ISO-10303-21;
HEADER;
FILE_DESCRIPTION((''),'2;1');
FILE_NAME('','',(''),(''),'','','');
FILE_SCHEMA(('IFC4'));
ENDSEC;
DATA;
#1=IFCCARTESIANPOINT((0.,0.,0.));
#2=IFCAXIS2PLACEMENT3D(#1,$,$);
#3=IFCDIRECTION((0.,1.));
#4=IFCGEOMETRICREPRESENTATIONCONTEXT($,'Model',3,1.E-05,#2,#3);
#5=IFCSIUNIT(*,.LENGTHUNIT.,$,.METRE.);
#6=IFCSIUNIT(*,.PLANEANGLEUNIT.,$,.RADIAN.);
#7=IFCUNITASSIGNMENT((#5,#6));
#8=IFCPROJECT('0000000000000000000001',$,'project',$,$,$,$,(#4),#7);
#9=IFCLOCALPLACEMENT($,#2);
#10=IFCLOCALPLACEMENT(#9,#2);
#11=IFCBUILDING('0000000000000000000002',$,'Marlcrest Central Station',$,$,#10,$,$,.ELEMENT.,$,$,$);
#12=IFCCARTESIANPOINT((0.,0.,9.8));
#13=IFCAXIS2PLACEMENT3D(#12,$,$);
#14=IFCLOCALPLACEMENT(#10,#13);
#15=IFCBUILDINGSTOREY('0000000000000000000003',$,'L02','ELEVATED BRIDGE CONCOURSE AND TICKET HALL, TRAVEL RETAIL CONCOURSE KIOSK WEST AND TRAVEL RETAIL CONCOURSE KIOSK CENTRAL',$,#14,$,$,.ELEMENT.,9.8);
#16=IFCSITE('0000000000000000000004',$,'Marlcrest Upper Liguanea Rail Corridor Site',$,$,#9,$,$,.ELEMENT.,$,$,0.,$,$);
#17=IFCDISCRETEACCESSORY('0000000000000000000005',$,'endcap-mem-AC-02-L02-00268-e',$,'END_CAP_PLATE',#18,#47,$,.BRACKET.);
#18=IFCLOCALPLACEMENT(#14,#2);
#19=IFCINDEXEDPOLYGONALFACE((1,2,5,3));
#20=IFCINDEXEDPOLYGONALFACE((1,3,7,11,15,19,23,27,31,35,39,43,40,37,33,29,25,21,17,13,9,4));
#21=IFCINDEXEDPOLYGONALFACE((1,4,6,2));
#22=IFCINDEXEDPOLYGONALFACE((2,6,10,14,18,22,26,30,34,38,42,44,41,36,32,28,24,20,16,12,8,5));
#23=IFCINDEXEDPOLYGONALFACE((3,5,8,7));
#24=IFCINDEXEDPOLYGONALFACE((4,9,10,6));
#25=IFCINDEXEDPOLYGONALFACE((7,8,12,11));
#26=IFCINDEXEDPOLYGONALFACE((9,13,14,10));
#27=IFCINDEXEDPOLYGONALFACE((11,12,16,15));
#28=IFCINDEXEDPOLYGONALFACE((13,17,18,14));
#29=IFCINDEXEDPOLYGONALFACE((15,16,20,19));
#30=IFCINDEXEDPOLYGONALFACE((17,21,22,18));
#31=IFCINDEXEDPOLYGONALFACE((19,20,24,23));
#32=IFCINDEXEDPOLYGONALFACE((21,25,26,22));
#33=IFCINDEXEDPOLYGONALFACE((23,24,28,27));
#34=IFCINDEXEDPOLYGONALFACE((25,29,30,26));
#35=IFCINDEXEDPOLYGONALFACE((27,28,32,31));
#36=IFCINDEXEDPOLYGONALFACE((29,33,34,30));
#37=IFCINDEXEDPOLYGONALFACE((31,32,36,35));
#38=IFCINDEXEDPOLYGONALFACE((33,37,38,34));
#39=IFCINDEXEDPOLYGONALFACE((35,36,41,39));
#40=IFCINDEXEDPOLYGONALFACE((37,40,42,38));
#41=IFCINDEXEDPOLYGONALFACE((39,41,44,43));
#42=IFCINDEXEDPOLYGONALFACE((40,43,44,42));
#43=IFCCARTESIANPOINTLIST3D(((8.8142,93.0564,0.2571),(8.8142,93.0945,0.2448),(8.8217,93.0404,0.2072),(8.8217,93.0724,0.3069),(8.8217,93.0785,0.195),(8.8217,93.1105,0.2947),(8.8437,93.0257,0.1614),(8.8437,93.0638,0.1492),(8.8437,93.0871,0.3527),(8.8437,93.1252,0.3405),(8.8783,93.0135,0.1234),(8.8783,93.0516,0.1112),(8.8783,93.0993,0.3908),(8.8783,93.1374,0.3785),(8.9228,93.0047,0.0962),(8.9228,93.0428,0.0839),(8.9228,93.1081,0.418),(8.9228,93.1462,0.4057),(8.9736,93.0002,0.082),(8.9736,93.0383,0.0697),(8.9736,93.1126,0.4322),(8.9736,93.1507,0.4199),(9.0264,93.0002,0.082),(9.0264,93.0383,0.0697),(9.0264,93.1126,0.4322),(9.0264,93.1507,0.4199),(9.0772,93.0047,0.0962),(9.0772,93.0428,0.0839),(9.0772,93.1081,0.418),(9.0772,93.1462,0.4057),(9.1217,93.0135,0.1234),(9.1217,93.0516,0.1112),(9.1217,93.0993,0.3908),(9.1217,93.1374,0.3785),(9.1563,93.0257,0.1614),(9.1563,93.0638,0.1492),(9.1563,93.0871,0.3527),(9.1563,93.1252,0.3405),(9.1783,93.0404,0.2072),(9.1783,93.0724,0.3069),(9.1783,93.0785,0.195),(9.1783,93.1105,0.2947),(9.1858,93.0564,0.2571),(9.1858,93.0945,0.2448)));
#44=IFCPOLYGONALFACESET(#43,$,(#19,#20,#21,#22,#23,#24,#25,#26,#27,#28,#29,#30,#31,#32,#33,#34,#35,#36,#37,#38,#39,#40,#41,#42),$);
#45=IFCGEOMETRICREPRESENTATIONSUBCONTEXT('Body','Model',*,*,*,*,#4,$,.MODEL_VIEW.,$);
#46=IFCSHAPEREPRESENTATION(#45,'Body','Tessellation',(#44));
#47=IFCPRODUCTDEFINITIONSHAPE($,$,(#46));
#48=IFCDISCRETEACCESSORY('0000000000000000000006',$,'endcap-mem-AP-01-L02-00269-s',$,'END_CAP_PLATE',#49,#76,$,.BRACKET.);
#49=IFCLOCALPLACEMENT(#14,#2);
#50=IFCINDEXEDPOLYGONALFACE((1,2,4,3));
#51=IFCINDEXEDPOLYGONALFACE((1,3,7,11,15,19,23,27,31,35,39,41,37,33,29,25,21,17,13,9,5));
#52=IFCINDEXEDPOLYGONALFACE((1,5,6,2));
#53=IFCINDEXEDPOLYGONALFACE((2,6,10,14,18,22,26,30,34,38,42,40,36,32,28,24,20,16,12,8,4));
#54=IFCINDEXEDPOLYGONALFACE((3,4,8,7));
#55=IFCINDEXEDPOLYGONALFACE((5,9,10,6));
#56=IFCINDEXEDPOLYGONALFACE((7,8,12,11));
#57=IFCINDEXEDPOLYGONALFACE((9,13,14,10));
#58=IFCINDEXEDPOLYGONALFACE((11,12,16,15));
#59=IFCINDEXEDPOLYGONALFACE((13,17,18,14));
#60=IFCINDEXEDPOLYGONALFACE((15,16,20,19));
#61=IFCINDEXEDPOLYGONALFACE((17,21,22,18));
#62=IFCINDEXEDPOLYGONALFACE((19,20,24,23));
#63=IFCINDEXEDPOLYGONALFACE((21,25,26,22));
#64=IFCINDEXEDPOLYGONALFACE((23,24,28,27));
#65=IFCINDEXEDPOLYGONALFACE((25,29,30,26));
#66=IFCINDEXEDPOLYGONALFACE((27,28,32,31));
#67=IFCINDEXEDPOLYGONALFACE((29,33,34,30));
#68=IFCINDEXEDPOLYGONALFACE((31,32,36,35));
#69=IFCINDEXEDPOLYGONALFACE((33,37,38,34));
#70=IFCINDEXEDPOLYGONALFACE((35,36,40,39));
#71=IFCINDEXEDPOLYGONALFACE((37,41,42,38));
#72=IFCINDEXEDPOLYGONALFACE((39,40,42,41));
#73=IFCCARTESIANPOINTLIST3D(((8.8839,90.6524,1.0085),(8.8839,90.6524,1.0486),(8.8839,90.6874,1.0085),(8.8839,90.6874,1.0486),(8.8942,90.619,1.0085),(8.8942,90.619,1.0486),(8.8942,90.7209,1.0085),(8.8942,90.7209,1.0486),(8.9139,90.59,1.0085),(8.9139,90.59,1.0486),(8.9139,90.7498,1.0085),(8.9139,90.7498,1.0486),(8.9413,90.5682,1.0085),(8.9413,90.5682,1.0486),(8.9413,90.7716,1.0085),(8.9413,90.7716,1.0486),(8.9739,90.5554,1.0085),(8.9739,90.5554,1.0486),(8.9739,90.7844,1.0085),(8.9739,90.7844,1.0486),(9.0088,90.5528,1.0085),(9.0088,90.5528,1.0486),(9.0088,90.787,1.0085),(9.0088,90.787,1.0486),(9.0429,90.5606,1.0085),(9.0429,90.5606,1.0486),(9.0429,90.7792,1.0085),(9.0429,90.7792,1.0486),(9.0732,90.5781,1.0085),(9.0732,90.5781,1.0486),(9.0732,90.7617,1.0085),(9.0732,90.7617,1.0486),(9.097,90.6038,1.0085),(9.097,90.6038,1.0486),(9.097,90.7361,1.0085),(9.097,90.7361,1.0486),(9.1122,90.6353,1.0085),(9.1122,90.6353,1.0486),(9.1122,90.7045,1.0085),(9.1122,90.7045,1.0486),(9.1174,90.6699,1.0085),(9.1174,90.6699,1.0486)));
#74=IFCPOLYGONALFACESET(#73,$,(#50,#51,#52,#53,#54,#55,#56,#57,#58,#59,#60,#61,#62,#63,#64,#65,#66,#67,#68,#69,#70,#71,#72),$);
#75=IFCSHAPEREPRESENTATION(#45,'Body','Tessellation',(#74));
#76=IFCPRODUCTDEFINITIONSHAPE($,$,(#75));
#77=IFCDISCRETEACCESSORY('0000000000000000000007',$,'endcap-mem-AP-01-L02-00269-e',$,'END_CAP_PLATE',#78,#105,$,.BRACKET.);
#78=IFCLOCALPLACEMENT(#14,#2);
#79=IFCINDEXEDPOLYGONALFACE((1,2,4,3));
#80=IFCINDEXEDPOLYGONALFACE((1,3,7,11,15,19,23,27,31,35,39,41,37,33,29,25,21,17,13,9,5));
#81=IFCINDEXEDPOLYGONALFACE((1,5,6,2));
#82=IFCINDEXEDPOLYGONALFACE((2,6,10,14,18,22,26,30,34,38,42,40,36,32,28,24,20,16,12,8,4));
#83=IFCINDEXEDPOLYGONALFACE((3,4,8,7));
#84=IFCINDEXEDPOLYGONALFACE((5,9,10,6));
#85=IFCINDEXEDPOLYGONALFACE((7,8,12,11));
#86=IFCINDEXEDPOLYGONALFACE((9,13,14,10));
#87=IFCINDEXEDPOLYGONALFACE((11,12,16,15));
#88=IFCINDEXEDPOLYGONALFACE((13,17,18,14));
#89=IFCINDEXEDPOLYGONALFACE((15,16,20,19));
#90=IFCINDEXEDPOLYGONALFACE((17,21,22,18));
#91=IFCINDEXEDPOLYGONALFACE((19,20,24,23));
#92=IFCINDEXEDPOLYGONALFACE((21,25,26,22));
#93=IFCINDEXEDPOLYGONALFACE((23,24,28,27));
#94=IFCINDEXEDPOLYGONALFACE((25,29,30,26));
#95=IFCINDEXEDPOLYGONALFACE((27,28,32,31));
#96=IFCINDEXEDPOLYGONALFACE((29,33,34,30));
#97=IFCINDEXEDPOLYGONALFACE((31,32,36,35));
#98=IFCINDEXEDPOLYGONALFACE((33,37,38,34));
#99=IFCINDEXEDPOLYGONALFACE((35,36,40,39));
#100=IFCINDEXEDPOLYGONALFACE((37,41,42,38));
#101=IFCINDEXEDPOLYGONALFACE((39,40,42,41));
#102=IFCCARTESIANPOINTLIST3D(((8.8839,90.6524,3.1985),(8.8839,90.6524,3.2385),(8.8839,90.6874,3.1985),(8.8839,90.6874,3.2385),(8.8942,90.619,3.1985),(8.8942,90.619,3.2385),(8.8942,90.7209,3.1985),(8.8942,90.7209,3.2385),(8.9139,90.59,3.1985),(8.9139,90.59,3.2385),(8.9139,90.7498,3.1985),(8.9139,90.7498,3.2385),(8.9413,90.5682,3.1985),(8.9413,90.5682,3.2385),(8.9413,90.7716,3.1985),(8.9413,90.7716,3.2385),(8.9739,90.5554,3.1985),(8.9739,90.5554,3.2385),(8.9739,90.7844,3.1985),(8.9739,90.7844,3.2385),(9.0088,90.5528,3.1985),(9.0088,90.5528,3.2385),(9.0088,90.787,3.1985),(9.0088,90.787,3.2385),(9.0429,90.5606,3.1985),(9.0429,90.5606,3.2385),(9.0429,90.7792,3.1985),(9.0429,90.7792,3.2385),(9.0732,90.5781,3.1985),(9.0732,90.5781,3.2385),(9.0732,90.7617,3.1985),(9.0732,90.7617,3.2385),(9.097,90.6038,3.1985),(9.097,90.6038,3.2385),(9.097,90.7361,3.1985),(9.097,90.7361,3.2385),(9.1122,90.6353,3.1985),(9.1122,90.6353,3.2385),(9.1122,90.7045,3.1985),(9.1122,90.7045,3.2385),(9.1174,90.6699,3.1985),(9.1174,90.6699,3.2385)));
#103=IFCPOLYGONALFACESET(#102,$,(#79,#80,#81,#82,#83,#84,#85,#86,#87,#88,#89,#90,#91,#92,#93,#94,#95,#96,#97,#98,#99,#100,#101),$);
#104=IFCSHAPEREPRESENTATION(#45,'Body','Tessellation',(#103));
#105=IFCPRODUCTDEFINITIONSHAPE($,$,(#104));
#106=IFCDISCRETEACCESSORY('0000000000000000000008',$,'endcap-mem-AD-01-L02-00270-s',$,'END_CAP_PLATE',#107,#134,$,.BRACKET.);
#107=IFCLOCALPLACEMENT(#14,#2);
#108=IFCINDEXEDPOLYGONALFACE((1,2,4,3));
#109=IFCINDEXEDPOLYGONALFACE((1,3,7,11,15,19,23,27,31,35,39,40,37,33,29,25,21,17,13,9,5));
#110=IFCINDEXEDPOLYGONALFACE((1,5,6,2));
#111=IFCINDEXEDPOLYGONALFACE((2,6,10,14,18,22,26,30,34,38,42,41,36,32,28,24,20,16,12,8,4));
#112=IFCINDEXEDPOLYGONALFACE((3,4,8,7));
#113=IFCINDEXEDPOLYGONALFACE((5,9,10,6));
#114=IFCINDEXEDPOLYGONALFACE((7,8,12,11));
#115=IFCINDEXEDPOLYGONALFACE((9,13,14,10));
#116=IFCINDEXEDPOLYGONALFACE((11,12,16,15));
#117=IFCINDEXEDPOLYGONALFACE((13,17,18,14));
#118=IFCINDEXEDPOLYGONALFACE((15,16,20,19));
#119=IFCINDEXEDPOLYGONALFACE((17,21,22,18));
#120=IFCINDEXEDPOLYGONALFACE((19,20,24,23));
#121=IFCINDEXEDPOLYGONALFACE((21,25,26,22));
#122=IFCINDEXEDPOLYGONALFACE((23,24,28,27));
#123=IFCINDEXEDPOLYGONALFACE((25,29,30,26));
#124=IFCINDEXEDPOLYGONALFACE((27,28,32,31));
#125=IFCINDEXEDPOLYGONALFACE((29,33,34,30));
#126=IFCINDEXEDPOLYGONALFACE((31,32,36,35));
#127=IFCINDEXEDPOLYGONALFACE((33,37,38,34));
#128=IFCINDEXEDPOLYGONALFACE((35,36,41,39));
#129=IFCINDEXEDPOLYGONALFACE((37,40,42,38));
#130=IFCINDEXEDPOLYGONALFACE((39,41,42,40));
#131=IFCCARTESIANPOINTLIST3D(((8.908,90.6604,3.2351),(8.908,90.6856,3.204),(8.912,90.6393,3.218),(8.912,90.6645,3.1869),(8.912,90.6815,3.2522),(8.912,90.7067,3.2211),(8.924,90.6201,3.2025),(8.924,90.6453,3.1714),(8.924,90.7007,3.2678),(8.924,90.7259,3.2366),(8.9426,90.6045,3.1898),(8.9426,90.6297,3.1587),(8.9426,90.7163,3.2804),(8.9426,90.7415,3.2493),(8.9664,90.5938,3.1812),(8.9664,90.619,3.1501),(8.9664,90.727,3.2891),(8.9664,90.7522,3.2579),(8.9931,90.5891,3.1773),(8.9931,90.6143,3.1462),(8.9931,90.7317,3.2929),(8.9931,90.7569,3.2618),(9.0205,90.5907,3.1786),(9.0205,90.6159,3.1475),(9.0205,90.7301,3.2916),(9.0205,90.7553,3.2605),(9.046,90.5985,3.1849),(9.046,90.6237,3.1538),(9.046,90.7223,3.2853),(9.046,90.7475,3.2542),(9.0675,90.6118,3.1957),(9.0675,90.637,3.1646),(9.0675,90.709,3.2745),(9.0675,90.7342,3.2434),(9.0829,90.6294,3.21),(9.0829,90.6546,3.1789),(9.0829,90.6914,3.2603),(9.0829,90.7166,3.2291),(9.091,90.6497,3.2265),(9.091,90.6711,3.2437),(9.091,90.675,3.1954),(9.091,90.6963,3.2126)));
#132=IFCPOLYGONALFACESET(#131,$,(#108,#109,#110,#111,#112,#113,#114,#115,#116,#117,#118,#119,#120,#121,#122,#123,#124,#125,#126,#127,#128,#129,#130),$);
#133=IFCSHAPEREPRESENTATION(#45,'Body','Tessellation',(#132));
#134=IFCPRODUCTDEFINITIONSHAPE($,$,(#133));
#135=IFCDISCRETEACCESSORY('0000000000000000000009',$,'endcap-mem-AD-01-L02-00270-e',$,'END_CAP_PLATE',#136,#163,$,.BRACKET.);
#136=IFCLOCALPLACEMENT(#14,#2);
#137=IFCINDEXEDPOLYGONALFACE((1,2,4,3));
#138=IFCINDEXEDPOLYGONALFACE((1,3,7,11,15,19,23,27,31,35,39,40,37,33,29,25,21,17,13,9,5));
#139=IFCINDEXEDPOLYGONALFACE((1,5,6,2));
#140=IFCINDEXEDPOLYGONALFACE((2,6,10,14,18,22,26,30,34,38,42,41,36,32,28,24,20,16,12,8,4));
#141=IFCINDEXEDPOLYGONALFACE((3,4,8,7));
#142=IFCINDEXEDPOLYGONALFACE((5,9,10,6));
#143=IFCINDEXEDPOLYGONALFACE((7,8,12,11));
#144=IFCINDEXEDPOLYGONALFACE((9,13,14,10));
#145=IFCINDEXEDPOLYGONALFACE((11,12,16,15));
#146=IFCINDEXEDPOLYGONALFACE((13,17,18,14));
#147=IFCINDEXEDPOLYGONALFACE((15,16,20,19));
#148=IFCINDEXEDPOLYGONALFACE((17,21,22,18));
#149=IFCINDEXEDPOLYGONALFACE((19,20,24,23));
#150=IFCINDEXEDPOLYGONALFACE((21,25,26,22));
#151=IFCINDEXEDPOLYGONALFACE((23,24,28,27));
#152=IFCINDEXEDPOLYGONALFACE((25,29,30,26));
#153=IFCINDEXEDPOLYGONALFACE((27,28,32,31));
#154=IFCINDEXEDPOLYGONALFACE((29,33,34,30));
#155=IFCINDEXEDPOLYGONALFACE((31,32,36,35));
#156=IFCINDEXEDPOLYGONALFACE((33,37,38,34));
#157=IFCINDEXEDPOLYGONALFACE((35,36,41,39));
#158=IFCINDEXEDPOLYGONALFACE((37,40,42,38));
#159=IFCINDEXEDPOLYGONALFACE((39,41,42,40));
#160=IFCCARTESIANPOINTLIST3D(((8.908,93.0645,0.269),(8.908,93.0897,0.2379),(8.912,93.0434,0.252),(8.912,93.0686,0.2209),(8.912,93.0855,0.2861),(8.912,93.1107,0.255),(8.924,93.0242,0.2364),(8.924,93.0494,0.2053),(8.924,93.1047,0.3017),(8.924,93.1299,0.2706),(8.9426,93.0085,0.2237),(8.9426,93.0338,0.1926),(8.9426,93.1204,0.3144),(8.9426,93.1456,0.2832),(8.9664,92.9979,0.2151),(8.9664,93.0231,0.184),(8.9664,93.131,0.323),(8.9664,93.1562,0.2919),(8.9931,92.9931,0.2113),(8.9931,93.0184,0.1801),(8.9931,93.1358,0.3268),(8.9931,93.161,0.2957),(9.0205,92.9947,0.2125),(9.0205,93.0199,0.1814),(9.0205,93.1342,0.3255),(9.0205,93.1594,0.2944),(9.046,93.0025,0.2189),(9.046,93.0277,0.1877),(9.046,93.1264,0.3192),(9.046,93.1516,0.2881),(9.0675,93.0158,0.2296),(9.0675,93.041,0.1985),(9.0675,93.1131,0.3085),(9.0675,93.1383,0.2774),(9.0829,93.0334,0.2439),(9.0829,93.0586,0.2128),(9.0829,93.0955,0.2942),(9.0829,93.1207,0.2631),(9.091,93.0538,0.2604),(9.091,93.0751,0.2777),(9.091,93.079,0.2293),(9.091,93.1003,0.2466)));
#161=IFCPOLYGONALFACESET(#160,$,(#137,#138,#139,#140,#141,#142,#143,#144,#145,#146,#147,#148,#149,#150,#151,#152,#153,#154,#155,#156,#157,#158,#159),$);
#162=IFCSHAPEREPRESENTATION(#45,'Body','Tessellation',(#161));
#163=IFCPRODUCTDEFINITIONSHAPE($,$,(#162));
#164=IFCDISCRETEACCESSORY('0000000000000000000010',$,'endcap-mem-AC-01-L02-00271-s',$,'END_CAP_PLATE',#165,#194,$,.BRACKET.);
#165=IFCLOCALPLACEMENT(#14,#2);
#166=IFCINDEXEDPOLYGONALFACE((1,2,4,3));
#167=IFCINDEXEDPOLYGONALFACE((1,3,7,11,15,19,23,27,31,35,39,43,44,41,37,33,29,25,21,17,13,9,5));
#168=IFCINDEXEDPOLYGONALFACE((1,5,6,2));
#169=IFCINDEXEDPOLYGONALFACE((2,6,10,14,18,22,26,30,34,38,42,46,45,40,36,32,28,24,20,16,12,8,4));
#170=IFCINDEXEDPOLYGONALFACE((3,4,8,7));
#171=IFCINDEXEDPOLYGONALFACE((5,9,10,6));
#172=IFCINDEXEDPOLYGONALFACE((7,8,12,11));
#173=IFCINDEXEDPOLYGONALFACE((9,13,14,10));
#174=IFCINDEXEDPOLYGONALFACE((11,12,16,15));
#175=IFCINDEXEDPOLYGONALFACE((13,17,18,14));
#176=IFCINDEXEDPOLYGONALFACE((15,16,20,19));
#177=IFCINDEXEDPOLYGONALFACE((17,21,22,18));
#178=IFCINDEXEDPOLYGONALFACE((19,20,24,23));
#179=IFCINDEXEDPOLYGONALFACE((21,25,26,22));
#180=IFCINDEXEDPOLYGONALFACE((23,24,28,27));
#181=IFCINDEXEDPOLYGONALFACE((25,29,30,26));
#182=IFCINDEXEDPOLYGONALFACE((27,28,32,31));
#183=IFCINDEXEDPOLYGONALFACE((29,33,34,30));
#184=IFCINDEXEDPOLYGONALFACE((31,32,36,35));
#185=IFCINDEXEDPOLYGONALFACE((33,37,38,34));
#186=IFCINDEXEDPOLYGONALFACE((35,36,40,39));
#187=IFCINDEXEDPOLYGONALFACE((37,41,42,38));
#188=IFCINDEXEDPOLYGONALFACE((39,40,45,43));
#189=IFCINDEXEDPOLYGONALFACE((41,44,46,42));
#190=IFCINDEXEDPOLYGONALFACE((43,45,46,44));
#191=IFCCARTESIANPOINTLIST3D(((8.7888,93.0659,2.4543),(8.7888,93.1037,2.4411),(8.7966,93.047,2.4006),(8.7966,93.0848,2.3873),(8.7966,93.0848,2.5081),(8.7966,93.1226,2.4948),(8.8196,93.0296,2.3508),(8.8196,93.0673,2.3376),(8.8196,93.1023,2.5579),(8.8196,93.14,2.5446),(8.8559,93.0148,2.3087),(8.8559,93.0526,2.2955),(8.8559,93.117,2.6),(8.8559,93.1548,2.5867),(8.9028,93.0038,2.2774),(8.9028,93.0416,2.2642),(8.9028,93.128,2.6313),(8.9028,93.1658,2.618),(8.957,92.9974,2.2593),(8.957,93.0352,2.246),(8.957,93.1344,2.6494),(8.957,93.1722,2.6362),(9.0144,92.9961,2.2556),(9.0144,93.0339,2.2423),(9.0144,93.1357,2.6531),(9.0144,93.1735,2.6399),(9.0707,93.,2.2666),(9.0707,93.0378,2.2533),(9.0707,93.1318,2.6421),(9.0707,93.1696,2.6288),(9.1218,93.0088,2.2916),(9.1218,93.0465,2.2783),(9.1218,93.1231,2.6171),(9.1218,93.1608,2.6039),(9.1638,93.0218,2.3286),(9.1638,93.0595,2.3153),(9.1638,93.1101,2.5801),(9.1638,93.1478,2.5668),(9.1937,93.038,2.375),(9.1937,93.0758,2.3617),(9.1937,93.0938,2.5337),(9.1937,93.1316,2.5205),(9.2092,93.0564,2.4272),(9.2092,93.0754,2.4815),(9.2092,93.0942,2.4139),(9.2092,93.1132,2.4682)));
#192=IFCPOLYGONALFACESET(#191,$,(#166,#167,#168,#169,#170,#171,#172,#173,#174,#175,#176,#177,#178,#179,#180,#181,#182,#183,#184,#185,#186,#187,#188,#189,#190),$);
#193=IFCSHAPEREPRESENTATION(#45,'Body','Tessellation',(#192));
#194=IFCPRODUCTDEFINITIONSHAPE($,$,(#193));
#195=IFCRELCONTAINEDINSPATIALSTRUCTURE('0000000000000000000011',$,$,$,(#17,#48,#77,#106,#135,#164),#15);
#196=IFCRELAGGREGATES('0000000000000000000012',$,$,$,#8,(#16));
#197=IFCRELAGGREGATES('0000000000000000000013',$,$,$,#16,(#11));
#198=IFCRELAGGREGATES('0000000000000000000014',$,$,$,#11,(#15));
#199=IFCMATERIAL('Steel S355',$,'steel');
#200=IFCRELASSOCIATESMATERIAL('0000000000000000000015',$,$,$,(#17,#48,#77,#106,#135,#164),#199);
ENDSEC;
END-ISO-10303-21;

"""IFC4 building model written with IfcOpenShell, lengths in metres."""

from ifc_helpers import new_model, si_unit, direction, frame, origin, origin_2d, place, context, subcontext, project, spatial, circle, extrude, material, element, save


model = new_model("IFC4")

# Units and contexts
model_context = context("Model", 3, precision=1e-05, world=origin(), true_north=direction((0.0, 1.0)))
body_context = subcontext(model_context, "Body", "Model", "MODEL_VIEW")
ifc_project = project(units=[si_unit("LENGTHUNIT", "METRE"), si_unit("PLANEANGLEUNIT", "RADIAN")], contexts=[model_context])

# Site, building, storey
site_placement = place(None, origin())
site = spatial("IfcSite", under=ifc_project, at=site_placement, Name="Marlcrest Upper Liguanea Rail Corridor Site", CompositionType="ELEMENT", RefElevation=0.0)
building_placement = place(site_placement, origin())
building = spatial("IfcBuilding", under=site, at=building_placement, Name="Marlcrest Central Station", CompositionType="ELEMENT")
storey_placement = place(building_placement, frame((0.0, 0.0, 9.8)))
storey = spatial("IfcBuildingStorey", under=building, at=storey_placement, Name="L02", Description="ELEVATED BRIDGE CONCOURSE AND TICKET HALL, TRAVEL RETAIL CONCOURSE KIOSK WEST AND TRAVEL RETAIL CONCOURSE KIOSK CENTRAL", CompositionType="ELEMENT", Elevation=9.8)

# Shared definitions
ifc_material_1 = material(Name="Steel S355", Category="steel")

# Discrete accessories
for number, where, z_axis, x_axis, name in (
    (1, (9.0, 93.0564, 0.2571), (0.0, 0.952117, -0.305734), (-1.0, 0.0, 0.0), "endcap-mem-AC-02-L02-00268-e"),
):
    element("IfcDiscreteAccessory", number, at=place(storey_placement, frame(where, z_axis=z_axis, x_axis=x_axis)), inside=storey, material=ifc_material_1, Name=name, ObjectType="END_CAP_PLATE", PredefinedType="BRACKET", context=body_context, shape_type="SweptSolid", body=[
        extrude(circle(Radius=0.1858, at=origin_2d()), origin(), (0.0, 0.0, 1.0), 0.04),
    ])
for number, where, z_axis, x_axis, name in (
    (2, (9.0, 90.6699, 1.0085), (0.0, 0.0, 1.0), (1.0, 0.0, 0.0), "endcap-mem-AP-01-L02-00269-s"),
    (3, (9.0, 90.6699, 3.1985), (0.0, 0.0, 1.0), (1.0, 0.0, 0.0), "endcap-mem-AP-01-L02-00269-e"),
):
    element("IfcDiscreteAccessory", number, at=place(storey_placement, frame(where, z_axis=z_axis, x_axis=x_axis)), inside=storey, material=ifc_material_1, Name=name, ObjectType="END_CAP_PLATE", PredefinedType="BRACKET", context=body_context, shape_type="SweptSolid", body=[
        extrude(circle(Radius=0.1174, at=origin_2d()), origin(), (0.0, 0.0, 1.0), 0.04),
    ])
for number, where, z_axis, x_axis, name in (
    (4, (9.0, 90.6604, 3.2351), (0.0, 0.629629, -0.776896), (-1.0, 0.0, 0.0), "endcap-mem-AD-01-L02-00270-s"),
    (5, (9.0, 93.0645, 0.269), (0.0, 0.629629, -0.776896), (-1.0, 0.0, 0.0), "endcap-mem-AD-01-L02-00270-e"),
):
    element("IfcDiscreteAccessory", number, at=place(storey_placement, frame(where, z_axis=z_axis, x_axis=x_axis)), inside=storey, material=ifc_material_1, Name=name, ObjectType="END_CAP_PLATE", PredefinedType="BRACKET", context=body_context, shape_type="SweptSolid", body=[
        extrude(circle(Radius=0.092, at=origin_2d()), origin(), (0.0, 0.0, 1.0), 0.04),
    ])
discrete_accessory_1_placement = place(storey_placement, frame((9.0, 93.0659, 2.4543), z_axis=(0.0, 0.943537, -0.331266), x_axis=(-1.0, 0.0, 0.0)))
element("IfcDiscreteAccessory", 6, at=discrete_accessory_1_placement, inside=storey, material=ifc_material_1, Name="endcap-mem-AC-01-L02-00271-s", ObjectType="END_CAP_PLATE", PredefinedType="BRACKET", context=body_context, shape_type="SweptSolid", body=[
    extrude(circle(Radius=0.2112, at=origin_2d()), origin(), (0.0, 0.0, 1.0), 0.04),
])

save(model, "model.ifc")
